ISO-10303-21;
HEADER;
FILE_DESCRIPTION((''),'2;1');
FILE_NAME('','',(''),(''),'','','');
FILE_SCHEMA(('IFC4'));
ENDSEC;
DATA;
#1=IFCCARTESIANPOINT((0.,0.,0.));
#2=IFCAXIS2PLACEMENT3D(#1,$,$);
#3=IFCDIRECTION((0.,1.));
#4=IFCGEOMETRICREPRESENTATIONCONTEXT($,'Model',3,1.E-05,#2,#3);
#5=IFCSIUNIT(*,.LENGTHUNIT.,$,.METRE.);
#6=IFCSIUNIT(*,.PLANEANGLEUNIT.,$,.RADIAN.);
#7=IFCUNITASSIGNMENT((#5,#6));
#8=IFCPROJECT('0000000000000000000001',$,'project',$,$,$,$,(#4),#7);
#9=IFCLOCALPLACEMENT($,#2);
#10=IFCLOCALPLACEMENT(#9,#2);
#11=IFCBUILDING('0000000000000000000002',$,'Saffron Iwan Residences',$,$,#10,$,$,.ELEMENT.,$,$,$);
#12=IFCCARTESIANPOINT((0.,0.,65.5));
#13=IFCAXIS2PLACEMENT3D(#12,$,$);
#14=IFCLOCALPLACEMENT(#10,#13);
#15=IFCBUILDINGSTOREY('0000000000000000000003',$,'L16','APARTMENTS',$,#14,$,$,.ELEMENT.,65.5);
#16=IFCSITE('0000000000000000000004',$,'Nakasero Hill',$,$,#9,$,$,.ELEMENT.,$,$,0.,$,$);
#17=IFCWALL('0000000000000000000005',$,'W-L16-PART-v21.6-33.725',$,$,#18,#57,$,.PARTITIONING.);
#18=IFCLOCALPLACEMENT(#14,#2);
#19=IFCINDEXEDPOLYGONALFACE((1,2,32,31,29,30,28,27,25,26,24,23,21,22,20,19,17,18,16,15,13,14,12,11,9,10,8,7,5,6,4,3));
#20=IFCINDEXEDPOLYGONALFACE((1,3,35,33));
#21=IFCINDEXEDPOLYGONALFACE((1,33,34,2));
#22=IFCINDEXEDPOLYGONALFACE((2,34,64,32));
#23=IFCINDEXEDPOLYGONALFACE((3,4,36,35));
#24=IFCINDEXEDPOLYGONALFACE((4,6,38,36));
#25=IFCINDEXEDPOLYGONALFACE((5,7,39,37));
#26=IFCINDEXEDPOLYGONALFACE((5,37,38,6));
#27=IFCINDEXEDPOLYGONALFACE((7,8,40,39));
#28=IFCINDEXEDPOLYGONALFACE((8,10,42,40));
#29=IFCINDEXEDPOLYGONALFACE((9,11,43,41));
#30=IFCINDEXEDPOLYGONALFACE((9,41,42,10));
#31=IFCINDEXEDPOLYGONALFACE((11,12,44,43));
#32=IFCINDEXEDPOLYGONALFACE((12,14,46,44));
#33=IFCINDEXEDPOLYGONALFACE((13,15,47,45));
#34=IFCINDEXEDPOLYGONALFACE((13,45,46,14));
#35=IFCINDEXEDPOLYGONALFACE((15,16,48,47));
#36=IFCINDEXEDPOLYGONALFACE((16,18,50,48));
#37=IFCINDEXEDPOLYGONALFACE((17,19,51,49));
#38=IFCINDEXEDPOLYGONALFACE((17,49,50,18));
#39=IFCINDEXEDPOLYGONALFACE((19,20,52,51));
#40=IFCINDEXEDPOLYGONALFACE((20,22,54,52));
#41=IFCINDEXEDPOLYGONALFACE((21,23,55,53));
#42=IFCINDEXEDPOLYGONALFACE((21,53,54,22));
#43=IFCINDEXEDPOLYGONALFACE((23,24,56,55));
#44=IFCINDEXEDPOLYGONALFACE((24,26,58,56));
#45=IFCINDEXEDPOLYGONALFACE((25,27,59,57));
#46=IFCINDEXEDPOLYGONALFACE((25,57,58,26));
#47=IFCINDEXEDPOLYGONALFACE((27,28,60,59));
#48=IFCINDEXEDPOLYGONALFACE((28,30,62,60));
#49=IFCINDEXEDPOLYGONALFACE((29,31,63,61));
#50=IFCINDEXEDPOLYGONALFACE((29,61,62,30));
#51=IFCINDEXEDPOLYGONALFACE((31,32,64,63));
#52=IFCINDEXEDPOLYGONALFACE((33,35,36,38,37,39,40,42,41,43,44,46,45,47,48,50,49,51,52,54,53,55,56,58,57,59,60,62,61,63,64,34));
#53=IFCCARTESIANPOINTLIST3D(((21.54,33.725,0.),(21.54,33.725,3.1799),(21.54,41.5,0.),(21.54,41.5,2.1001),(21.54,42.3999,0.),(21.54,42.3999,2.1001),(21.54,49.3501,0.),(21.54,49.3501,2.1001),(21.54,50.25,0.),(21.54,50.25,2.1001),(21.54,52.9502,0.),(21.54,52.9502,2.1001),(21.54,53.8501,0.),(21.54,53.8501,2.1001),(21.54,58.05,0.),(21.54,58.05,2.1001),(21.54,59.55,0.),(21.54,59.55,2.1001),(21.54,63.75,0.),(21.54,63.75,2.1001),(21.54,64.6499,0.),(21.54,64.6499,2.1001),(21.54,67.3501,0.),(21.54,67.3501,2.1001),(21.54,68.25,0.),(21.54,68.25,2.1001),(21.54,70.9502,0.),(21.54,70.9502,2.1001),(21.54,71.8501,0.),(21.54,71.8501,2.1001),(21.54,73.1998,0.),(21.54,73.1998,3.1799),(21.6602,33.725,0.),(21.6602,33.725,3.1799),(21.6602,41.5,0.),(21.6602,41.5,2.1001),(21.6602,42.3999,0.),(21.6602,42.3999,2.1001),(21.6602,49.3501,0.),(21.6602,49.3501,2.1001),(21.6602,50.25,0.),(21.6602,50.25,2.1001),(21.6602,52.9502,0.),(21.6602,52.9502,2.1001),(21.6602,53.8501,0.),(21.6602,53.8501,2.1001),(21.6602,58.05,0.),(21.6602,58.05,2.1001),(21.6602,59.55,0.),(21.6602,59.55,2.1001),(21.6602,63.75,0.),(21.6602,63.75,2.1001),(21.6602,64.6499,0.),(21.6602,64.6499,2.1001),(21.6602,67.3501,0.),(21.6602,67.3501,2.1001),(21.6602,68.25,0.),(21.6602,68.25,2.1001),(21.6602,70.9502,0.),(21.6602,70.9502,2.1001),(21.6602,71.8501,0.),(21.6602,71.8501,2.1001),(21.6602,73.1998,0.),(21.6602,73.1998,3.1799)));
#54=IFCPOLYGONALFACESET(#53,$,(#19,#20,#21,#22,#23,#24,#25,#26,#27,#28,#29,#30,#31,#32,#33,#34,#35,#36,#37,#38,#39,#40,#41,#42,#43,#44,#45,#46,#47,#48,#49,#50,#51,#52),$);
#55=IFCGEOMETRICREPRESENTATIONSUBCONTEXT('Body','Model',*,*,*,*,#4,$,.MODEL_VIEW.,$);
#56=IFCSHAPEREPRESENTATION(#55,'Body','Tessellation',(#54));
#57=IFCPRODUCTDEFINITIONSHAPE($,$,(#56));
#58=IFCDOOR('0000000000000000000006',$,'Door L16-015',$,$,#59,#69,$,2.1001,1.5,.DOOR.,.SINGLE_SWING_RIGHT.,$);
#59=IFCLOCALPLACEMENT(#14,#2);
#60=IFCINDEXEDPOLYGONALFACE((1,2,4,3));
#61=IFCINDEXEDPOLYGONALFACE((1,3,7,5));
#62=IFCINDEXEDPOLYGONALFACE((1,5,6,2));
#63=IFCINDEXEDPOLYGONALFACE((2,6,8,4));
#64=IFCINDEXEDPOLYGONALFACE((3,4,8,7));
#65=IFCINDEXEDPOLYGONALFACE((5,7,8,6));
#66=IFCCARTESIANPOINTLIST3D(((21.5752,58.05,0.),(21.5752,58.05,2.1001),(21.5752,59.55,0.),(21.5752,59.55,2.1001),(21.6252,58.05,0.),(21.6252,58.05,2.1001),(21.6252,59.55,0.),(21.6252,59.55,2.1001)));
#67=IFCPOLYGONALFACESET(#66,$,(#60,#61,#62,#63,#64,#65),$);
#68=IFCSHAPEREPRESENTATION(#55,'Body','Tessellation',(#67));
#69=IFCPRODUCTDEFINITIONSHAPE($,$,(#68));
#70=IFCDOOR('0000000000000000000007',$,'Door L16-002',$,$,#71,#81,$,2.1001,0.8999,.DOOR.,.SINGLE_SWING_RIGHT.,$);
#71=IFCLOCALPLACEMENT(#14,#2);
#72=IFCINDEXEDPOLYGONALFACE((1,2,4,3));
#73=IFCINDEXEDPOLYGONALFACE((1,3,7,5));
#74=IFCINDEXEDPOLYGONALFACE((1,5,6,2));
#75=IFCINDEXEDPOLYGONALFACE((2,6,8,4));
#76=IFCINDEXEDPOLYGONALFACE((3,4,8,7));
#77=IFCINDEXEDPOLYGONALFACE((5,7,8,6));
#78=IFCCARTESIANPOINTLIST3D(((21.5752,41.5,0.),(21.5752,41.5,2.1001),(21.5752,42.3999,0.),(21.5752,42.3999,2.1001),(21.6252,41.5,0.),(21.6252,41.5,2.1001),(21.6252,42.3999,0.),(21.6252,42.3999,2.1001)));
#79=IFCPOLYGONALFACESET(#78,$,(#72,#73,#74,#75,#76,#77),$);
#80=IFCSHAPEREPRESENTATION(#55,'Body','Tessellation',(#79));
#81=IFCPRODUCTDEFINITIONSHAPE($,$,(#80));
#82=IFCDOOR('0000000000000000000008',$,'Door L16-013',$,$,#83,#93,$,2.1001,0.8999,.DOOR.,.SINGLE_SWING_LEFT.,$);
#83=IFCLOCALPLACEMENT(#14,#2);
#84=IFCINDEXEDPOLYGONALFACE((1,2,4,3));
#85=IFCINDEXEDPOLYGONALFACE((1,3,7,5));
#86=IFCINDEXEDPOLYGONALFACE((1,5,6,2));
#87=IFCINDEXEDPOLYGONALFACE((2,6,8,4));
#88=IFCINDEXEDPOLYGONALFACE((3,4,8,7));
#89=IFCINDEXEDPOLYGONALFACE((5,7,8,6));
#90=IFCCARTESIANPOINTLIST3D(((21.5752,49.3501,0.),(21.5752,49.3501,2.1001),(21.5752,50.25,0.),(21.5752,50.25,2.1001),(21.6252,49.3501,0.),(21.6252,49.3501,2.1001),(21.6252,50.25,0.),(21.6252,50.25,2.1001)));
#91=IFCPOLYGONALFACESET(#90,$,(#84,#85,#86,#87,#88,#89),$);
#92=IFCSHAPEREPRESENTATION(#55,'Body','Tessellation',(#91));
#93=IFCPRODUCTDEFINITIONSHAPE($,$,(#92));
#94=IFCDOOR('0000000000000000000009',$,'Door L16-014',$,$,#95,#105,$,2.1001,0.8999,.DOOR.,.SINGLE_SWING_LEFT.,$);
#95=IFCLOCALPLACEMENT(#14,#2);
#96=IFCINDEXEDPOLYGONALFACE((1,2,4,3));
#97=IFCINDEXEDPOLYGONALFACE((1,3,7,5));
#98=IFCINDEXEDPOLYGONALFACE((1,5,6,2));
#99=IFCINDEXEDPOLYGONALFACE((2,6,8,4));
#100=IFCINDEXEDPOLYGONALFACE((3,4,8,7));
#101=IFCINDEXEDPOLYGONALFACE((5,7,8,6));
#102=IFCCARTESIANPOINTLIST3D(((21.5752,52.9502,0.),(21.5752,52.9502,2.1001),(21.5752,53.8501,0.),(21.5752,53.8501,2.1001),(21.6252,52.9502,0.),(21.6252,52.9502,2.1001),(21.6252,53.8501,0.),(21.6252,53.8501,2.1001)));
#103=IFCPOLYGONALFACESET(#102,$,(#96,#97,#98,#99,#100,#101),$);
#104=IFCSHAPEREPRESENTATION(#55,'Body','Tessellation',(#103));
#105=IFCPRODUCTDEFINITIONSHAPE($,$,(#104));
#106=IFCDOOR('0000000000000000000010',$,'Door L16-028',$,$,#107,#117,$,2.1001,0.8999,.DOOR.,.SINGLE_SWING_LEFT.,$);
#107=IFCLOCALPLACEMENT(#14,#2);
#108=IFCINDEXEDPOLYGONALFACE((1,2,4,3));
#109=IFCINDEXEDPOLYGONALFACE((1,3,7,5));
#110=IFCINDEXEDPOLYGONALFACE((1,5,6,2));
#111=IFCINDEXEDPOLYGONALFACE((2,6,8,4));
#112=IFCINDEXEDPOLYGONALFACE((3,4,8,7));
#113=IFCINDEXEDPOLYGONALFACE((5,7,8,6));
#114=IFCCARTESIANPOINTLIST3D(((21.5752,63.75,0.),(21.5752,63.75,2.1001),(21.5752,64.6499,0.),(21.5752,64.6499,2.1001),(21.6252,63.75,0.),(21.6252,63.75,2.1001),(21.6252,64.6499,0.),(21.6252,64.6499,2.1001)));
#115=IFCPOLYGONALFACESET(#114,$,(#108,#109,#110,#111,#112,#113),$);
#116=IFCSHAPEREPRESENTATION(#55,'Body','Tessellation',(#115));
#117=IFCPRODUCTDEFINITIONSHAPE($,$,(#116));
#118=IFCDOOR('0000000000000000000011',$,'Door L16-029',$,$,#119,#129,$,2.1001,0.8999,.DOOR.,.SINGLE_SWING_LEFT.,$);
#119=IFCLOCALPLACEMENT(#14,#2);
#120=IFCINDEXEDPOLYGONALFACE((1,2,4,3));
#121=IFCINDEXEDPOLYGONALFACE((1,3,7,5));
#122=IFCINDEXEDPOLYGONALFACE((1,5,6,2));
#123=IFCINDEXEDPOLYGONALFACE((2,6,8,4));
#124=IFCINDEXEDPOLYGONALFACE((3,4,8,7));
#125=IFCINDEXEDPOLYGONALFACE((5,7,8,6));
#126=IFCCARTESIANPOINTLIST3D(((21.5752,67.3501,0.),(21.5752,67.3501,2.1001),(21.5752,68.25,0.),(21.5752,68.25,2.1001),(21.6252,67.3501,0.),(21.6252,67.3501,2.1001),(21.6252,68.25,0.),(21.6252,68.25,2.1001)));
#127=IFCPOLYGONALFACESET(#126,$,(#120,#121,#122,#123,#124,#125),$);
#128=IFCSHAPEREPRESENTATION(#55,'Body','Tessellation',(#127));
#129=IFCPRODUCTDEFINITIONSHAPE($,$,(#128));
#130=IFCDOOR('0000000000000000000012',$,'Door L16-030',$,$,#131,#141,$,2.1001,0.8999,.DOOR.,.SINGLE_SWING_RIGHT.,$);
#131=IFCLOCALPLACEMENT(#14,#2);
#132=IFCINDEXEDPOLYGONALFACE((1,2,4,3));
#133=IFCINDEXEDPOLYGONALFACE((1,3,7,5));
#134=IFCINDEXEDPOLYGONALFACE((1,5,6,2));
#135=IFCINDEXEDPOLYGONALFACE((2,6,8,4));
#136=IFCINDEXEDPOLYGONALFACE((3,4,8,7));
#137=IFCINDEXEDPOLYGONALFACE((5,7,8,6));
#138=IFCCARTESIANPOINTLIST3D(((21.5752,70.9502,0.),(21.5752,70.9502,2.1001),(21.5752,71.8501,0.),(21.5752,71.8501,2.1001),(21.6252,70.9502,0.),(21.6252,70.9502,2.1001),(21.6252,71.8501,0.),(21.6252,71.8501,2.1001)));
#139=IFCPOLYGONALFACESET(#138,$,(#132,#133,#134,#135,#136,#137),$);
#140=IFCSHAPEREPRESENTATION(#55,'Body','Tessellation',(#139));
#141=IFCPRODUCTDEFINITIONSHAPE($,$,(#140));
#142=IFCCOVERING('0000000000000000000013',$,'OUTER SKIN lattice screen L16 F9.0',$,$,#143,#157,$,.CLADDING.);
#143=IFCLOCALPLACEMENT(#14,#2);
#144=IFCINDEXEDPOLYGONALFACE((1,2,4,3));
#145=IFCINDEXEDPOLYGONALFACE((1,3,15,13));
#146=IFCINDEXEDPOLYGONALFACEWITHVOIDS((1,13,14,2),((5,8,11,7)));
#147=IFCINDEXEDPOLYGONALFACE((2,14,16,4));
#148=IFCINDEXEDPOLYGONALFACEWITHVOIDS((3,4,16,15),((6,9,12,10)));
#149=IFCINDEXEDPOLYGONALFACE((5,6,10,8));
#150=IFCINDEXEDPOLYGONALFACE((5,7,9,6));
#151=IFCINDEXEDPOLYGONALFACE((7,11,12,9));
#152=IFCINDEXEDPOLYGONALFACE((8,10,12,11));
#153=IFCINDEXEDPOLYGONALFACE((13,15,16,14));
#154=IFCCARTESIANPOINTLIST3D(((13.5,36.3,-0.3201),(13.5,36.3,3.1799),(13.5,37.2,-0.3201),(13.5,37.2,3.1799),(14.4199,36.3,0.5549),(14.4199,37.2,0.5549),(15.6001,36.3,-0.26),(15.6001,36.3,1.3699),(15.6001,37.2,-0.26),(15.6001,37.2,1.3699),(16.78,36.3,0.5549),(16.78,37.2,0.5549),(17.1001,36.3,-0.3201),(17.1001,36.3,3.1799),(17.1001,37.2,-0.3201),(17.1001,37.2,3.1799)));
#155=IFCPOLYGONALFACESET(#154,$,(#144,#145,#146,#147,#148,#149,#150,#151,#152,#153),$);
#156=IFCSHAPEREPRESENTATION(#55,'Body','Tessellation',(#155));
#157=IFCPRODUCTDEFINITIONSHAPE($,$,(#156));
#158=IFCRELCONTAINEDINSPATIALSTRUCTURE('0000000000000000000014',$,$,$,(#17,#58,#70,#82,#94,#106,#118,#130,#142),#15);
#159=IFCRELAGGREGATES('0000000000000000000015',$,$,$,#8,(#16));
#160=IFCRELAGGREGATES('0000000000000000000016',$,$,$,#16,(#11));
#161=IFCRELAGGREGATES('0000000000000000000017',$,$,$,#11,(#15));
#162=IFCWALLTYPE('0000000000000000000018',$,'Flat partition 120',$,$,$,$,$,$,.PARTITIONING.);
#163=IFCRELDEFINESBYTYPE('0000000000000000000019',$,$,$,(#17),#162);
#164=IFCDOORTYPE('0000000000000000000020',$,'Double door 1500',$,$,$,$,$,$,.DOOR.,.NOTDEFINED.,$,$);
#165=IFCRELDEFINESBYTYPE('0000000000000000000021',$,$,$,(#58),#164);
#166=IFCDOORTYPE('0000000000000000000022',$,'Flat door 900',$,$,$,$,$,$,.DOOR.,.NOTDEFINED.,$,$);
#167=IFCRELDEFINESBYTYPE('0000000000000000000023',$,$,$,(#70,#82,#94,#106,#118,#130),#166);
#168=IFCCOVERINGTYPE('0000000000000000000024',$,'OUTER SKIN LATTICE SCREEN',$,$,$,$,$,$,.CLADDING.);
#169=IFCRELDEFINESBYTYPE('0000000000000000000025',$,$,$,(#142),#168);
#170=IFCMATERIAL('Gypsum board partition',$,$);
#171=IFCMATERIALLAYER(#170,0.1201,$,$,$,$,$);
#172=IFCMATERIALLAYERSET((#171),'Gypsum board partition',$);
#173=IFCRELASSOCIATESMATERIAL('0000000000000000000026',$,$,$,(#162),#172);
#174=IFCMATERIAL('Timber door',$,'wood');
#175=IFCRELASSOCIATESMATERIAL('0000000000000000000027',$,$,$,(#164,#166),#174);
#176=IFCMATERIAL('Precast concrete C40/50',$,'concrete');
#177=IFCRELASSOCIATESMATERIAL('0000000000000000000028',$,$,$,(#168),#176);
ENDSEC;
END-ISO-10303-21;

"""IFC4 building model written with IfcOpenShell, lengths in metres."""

from ifc_helpers import new_model, si_unit, direction, frame, frame_2d, origin, place, context, subcontext, project, spatial, polyline, rectangle, outline, extrude, material, layer, layer_set, type_object, element, fill, save


model = new_model("IFC4")

# Units and contexts
model_context = context("Model", 3, precision=1e-05, world=origin(), true_north=direction((0.0, 1.0)))
body_context = subcontext(model_context, "Body", "Model", "MODEL_VIEW")
ifc_project = project(units=[si_unit("LENGTHUNIT", "METRE"), si_unit("PLANEANGLEUNIT", "RADIAN")], contexts=[model_context])

# Site, building, storey
site_placement = place(None, origin())
site = spatial("IfcSite", under=ifc_project, at=site_placement, Name="Nakasero Hill", CompositionType="ELEMENT", RefElevation=0.0)
building_placement = place(site_placement, origin())
building = spatial("IfcBuilding", under=site, at=building_placement, Name="Saffron Iwan Residences", CompositionType="ELEMENT")
storey_placement = place(building_placement, frame((0.0, 0.0, 65.5)))
storey = spatial("IfcBuildingStorey", under=building, at=storey_placement, Name="L16", Description="APARTMENTS", CompositionType="ELEMENT", Elevation=65.5)

# Wall, openings, doors
ifc_material_1 = material(Name="Gypsum board partition")
ifc_layer_1 = layer(ifc_material_1, 0.1201)
ifc_layer_set_1 = layer_set([ifc_layer_1], Name="Gypsum board partition")
wall_type_1 = type_object("IfcWallType", Name="Flat partition 120", PredefinedType="PARTITIONING", material=ifc_layer_set_1)
wall_1_placement = place(storey_placement, frame((21.6001, 33.7251, 0.0), z_axis=(0.0, 0.0, 1.0), x_axis=(0.0, 1.0, 0.0)))
wall_1 = element("IfcWall", 1, at=wall_1_placement, inside=storey, type_object=wall_type_1, Name="W-L16-PART-v21.6-33.725", PredefinedType="PARTITIONING", context=body_context, shape_type="SweptSolid", body=[
    extrude(rectangle(XDim=39.4749, YDim=0.1201, at=frame_2d((19.7373, 0.0))), origin(), (0.0, 0.0, 1.0), 3.1799),
])
opening_1_placement = place(wall_1_placement, frame((7.7749, 0.0, 0.0)))
opening_1 = element("IfcOpeningElement", 2, at=opening_1_placement, cuts=wall_1, PredefinedType="OPENING", context=body_context, shape_type="SweptSolid", body=[
    extrude(rectangle(XDim=0.8999, YDim=2.1001, at=frame_2d((0.45, 1.05))), frame((0.0, 0.0701, 0.0), z_axis=(0.0, -1.0, 0.0), x_axis=(1.0, 0.0, 0.0)), (0.0, 0.0, 1.0), 0.1401),
])
opening_2_placement = place(wall_1_placement, frame((15.625, 0.0, 0.0)))
opening_2 = element("IfcOpeningElement", 3, at=opening_2_placement, cuts=wall_1, PredefinedType="OPENING", context=body_context, shape_type="SweptSolid", body=[
    extrude(rectangle(XDim=0.8999, YDim=2.1001, at=frame_2d((0.45, 1.05))), frame((0.0, 0.0701, 0.0), z_axis=(0.0, -1.0, 0.0), x_axis=(1.0, 0.0, 0.0)), (0.0, 0.0, 1.0), 0.1401),
])
opening_3_placement = place(wall_1_placement, frame((19.2251, 0.0, 0.0)))
opening_3 = element("IfcOpeningElement", 4, at=opening_3_placement, cuts=wall_1, PredefinedType="OPENING", context=body_context, shape_type="SweptSolid", body=[
    extrude(rectangle(XDim=0.8999, YDim=2.1001, at=frame_2d((0.45, 1.05))), frame((0.0, 0.0701, 0.0), z_axis=(0.0, -1.0, 0.0), x_axis=(1.0, 0.0, 0.0)), (0.0, 0.0, 1.0), 0.1401),
])
opening_4_placement = place(wall_1_placement, frame((24.325, 0.0, 0.0)))
opening_4 = element("IfcOpeningElement", 5, at=opening_4_placement, cuts=wall_1, PredefinedType="OPENING", context=body_context, shape_type="SweptSolid", body=[
    extrude(rectangle(XDim=1.5, YDim=2.1001, at=frame_2d((0.75, 1.05))), frame((0.0, 0.0701, 0.0), z_axis=(0.0, -1.0, 0.0), x_axis=(1.0, 0.0, 0.0)), (0.0, 0.0, 1.0), 0.1401),
])
opening_5_placement = place(wall_1_placement, frame((30.0249, 0.0, 0.0)))
opening_5 = element("IfcOpeningElement", 6, at=opening_5_placement, cuts=wall_1, PredefinedType="OPENING", context=body_context, shape_type="SweptSolid", body=[
    extrude(rectangle(XDim=0.8999, YDim=2.1001, at=frame_2d((0.45, 1.05))), frame((0.0, 0.0701, 0.0), z_axis=(0.0, -1.0, 0.0), x_axis=(1.0, 0.0, 0.0)), (0.0, 0.0, 1.0), 0.1401),
])
opening_6_placement = place(wall_1_placement, frame((33.625, 0.0, 0.0)))
opening_6 = element("IfcOpeningElement", 7, at=opening_6_placement, cuts=wall_1, PredefinedType="OPENING", context=body_context, shape_type="SweptSolid", body=[
    extrude(rectangle(XDim=0.8999, YDim=2.1001, at=frame_2d((0.45, 1.05))), frame((0.0, 0.0701, 0.0), z_axis=(0.0, -1.0, 0.0), x_axis=(1.0, 0.0, 0.0)), (0.0, 0.0, 1.0), 0.1401),
])
opening_7_placement = place(wall_1_placement, frame((37.2251, 0.0, 0.0)))
opening_7 = element("IfcOpeningElement", 8, at=opening_7_placement, cuts=wall_1, PredefinedType="OPENING", context=body_context, shape_type="SweptSolid", body=[
    extrude(rectangle(XDim=0.8999, YDim=2.1001, at=frame_2d((0.45, 1.05))), frame((0.0, 0.0701, 0.0), z_axis=(0.0, -1.0, 0.0), x_axis=(1.0, 0.0, 0.0)), (0.0, 0.0, 1.0), 0.1401),
])
ifc_material_2 = material(Name="Timber door", Category="wood")
door_type_1 = type_object("IfcDoorType", Name="Double door 1500", OperationType="NOTDEFINED", PredefinedType="DOOR", material=ifc_material_2)
door_1_placement = place(opening_4_placement, origin())
door_1 = element("IfcDoor", 9, at=door_1_placement, inside=storey, type_object=door_type_1, Name="Door L16-015", OperationType="SINGLE_SWING_RIGHT", OverallHeight=2.1001, OverallWidth=1.5, PredefinedType="DOOR", context=body_context, shape_type="SweptSolid", body=[
    extrude(rectangle(XDim=1.5, YDim=2.1001, at=frame_2d((0.75, 1.05))), frame((0.0, 0.0249, 0.0), z_axis=(0.0, -1.0, 0.0), x_axis=(1.0, 0.0, 0.0)), (0.0, 0.0, 1.0), 0.05),
])
fill(opening_4, door_1)
door_type_2 = type_object("IfcDoorType", Name="Flat door 900", OperationType="NOTDEFINED", PredefinedType="DOOR", material=ifc_material_2)
door_2_placement = place(opening_1_placement, origin())
door_2 = element("IfcDoor", 10, at=door_2_placement, inside=storey, type_object=door_type_2, Name="Door L16-002", OperationType="SINGLE_SWING_RIGHT", OverallHeight=2.1001, OverallWidth=0.8999, PredefinedType="DOOR", context=body_context, shape_type="SweptSolid", body=[
    extrude(rectangle(XDim=0.8999, YDim=2.1001, at=frame_2d((0.45, 1.05))), frame((0.0, 0.0249, 0.0), z_axis=(0.0, -1.0, 0.0), x_axis=(1.0, 0.0, 0.0)), (0.0, 0.0, 1.0), 0.05),
])
fill(opening_1, door_2)
door_3_placement = place(opening_2_placement, origin())
door_3 = element("IfcDoor", 11, at=door_3_placement, inside=storey, type_object=door_type_2, Name="Door L16-013", OperationType="SINGLE_SWING_LEFT", OverallHeight=2.1001, OverallWidth=0.8999, PredefinedType="DOOR", context=body_context, shape_type="SweptSolid", body=[
    extrude(rectangle(XDim=0.8999, YDim=2.1001, at=frame_2d((0.45, 1.05))), frame((0.0, 0.0249, 0.0), z_axis=(0.0, -1.0, 0.0), x_axis=(1.0, 0.0, 0.0)), (0.0, 0.0, 1.0), 0.05),
])
fill(opening_2, door_3)
door_4_placement = place(opening_3_placement, origin())
door_4 = element("IfcDoor", 12, at=door_4_placement, inside=storey, type_object=door_type_2, Name="Door L16-014", OperationType="SINGLE_SWING_LEFT", OverallHeight=2.1001, OverallWidth=0.8999, PredefinedType="DOOR", context=body_context, shape_type="SweptSolid", body=[
    extrude(rectangle(XDim=0.8999, YDim=2.1001, at=frame_2d((0.45, 1.05))), frame((0.0, 0.0249, 0.0), z_axis=(0.0, -1.0, 0.0), x_axis=(1.0, 0.0, 0.0)), (0.0, 0.0, 1.0), 0.05),
])
fill(opening_3, door_4)
door_5_placement = place(opening_5_placement, origin())
door_5 = element("IfcDoor", 13, at=door_5_placement, inside=storey, type_object=door_type_2, Name="Door L16-028", OperationType="SINGLE_SWING_LEFT", OverallHeight=2.1001, OverallWidth=0.8999, PredefinedType="DOOR", context=body_context, shape_type="SweptSolid", body=[
    extrude(rectangle(XDim=0.8999, YDim=2.1001, at=frame_2d((0.45, 1.05))), frame((0.0, 0.0249, 0.0), z_axis=(0.0, -1.0, 0.0), x_axis=(1.0, 0.0, 0.0)), (0.0, 0.0, 1.0), 0.05),
])
fill(opening_5, door_5)
door_6_placement = place(opening_6_placement, origin())
door_6 = element("IfcDoor", 14, at=door_6_placement, inside=storey, type_object=door_type_2, Name="Door L16-029", OperationType="SINGLE_SWING_LEFT", OverallHeight=2.1001, OverallWidth=0.8999, PredefinedType="DOOR", context=body_context, shape_type="SweptSolid", body=[
    extrude(rectangle(XDim=0.8999, YDim=2.1001, at=frame_2d((0.45, 1.05))), frame((0.0, 0.0249, 0.0), z_axis=(0.0, -1.0, 0.0), x_axis=(1.0, 0.0, 0.0)), (0.0, 0.0, 1.0), 0.05),
])
fill(opening_6, door_6)
door_7_placement = place(opening_7_placement, origin())
door_7 = element("IfcDoor", 15, at=door_7_placement, inside=storey, type_object=door_type_2, Name="Door L16-030", OperationType="SINGLE_SWING_RIGHT", OverallHeight=2.1001, OverallWidth=0.8999, PredefinedType="DOOR", context=body_context, shape_type="SweptSolid", body=[
    extrude(rectangle(XDim=0.8999, YDim=2.1001, at=frame_2d((0.45, 1.05))), frame((0.0, 0.0249, 0.0), z_axis=(0.0, -1.0, 0.0), x_axis=(1.0, 0.0, 0.0)), (0.0, 0.0, 1.0), 0.05),
])
fill(opening_7, door_7)

# Covering
ifc_material_3 = material(Name="Precast concrete C40/50", Category="concrete")
covering_type = type_object("IfcCoveringType", Name="OUTER SKIN LATTICE SCREEN", PredefinedType="CLADDING", material=ifc_material_3)
for number, where, z_axis, x_axis, name in (
    (16, (13.5, 37.2, -0.3201), (0.0, -1.0, 0.0), (1.0, 0.0, 0.0), "OUTER SKIN lattice screen L16 F9.0"),
):
    element("IfcCovering", number, at=place(storey_placement, frame(where, z_axis=z_axis, x_axis=x_axis)), inside=storey, type_object=covering_type, Name=name, PredefinedType="CLADDING", context=body_context, shape_type="SweptSolid", body=[
        extrude(outline(polyline([(0.0, 0.0), (3.6001, 0.0), (3.6001, 3.5), (0.0, 3.5), (0.0, 0.0)]), holes=[polyline([(0.9199, 0.875), (2.1001, 0.0601), (3.28, 0.875), (2.1001, 1.6899), (0.9199, 0.875)])]), origin(), (0.0, 0.0, 1.0), 0.8999),
    ])

save(model, "model.ifc")
